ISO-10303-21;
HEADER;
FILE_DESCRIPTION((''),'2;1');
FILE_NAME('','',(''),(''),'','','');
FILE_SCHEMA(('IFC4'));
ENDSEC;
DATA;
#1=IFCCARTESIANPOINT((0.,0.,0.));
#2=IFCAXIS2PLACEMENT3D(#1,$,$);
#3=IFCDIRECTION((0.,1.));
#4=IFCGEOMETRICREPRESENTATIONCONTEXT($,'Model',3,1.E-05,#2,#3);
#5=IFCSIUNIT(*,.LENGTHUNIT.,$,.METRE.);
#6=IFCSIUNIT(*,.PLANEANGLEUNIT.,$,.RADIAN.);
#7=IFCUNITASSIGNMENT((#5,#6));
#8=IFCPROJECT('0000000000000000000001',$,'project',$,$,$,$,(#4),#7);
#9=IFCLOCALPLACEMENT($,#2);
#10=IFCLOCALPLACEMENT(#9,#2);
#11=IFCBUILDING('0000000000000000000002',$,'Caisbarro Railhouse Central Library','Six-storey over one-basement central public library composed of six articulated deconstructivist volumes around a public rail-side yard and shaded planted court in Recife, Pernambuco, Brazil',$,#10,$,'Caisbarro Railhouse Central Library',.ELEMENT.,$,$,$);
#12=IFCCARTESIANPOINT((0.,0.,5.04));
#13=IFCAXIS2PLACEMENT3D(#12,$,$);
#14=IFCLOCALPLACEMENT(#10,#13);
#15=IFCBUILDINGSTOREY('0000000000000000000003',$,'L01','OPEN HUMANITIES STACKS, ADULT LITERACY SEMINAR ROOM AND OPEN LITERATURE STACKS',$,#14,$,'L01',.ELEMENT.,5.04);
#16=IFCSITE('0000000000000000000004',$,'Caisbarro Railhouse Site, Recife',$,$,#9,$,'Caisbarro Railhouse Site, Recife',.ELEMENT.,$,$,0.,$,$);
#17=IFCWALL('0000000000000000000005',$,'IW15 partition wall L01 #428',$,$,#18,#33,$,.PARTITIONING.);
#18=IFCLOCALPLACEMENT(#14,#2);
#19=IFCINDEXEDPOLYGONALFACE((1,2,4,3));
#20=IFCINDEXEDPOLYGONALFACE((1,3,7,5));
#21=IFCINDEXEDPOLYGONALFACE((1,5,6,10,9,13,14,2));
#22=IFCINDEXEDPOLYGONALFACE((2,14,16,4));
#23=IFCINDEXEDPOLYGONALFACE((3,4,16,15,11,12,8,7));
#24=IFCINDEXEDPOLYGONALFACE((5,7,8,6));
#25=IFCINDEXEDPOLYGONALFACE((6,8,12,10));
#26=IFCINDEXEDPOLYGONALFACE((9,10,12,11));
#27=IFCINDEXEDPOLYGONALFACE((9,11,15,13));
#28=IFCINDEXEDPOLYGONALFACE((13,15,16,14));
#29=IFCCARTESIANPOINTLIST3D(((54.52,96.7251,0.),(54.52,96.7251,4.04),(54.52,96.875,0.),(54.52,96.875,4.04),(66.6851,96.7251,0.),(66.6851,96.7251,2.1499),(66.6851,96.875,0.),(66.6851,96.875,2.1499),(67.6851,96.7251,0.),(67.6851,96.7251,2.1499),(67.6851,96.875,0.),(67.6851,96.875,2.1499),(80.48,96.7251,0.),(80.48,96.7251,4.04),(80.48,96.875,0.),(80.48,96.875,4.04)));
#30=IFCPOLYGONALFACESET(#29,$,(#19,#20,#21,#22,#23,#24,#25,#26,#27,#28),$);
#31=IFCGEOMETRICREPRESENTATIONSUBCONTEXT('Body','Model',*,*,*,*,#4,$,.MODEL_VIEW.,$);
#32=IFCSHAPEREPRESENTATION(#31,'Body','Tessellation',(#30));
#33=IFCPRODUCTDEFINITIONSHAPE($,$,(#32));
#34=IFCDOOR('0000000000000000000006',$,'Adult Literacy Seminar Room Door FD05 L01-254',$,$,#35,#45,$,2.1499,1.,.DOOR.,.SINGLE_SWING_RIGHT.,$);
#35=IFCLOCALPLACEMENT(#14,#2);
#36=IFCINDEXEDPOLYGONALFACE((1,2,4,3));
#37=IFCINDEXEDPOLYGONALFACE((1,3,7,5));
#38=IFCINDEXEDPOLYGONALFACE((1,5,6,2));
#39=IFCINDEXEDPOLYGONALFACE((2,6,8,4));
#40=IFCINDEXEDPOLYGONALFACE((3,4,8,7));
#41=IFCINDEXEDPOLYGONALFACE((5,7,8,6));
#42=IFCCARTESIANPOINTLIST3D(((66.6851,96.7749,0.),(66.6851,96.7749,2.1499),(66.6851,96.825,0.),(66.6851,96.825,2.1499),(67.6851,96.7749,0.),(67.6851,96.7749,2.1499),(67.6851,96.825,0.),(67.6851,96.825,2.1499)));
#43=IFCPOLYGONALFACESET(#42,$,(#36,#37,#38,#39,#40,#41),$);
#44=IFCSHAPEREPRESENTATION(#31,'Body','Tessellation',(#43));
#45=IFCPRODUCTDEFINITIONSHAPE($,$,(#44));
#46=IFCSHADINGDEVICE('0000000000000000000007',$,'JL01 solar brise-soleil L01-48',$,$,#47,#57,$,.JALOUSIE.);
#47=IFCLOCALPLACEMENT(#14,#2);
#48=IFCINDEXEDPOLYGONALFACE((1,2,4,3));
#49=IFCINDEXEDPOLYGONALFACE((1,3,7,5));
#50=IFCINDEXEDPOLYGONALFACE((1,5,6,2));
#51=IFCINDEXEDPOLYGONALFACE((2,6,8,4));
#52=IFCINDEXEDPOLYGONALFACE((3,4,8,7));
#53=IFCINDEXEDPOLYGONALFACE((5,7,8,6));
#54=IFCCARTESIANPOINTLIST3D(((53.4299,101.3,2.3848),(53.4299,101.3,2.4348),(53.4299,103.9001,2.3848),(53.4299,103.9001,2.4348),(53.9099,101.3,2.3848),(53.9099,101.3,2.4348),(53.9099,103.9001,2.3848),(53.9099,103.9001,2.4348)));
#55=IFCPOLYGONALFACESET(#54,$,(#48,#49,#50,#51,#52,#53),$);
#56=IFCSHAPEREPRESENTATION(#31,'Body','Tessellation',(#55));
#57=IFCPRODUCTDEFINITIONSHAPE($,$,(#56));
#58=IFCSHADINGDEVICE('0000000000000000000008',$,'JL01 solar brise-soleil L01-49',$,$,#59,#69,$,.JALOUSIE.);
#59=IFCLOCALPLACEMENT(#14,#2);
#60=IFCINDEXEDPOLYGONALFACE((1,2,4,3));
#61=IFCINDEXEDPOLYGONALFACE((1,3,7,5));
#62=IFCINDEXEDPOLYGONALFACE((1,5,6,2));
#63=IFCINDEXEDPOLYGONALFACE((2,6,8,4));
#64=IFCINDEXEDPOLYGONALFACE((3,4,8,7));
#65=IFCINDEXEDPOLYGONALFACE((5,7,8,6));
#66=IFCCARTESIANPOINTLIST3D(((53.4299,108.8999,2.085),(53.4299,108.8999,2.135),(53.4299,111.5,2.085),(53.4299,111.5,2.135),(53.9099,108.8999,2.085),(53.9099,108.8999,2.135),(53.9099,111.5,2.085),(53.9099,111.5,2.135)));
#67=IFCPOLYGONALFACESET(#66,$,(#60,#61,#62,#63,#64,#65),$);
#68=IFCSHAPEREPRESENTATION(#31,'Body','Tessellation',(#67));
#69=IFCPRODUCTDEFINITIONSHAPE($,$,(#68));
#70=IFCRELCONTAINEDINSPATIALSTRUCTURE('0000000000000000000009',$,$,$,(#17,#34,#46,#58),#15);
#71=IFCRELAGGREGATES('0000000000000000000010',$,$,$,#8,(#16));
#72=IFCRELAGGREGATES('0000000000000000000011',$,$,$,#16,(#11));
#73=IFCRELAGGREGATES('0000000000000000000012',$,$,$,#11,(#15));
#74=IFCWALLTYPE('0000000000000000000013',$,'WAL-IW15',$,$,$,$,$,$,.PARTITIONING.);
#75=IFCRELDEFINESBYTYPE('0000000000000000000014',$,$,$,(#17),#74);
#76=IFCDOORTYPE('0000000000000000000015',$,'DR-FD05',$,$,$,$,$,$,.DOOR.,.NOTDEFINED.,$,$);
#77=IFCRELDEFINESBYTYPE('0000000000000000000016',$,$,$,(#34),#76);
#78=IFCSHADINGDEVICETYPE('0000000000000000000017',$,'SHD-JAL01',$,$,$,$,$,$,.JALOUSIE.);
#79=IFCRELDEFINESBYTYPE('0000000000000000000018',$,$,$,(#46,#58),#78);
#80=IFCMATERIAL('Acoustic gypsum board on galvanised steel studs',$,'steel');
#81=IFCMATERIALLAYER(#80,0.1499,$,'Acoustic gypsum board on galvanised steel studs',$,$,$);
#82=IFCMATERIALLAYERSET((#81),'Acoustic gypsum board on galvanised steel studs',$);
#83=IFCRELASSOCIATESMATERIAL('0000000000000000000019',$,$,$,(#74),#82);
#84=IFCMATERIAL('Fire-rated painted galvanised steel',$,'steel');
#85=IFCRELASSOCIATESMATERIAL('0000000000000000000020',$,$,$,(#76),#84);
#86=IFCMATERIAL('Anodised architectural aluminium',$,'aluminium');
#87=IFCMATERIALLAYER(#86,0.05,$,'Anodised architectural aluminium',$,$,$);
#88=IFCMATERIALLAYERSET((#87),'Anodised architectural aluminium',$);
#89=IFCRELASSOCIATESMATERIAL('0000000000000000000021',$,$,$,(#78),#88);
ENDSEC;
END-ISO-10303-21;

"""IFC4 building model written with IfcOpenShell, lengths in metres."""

from ifc_helpers import new_model, si_unit, direction, frame, frame_2d, origin, origin_2d, place, context, subcontext, project, spatial, rectangle, extrude, material, layer, layer_set, type_object, element, fill, save


model = new_model("IFC4")

# Units and contexts
model_context = context("Model", 3, precision=1e-05, world=origin(), true_north=direction((0.0, 1.0)))
body_context = subcontext(model_context, "Body", "Model", "MODEL_VIEW")
ifc_project = project(units=[si_unit("LENGTHUNIT", "METRE"), si_unit("PLANEANGLEUNIT", "RADIAN")], contexts=[model_context])

# Site, building, storey
site_placement = place(None, origin())
site = spatial("IfcSite", under=ifc_project, at=site_placement, Name="Caisbarro Railhouse Site, Recife", LongName="Caisbarro Railhouse Site, Recife", CompositionType="ELEMENT", RefElevation=0.0)
building_placement = place(site_placement, origin())
building = spatial("IfcBuilding", under=site, at=building_placement, Name="Caisbarro Railhouse Central Library", Description="Six-storey over one-basement central public library composed of six articulated deconstructivist volumes around a public rail-side yard and shaded planted court in Recife, Pernambuco, Brazil", LongName="Caisbarro Railhouse Central Library", CompositionType="ELEMENT")
storey_placement = place(building_placement, frame((0.0, 0.0, 5.04)))
storey = spatial("IfcBuildingStorey", under=building, at=storey_placement, Name="L01", Description="OPEN HUMANITIES STACKS, ADULT LITERACY SEMINAR ROOM AND OPEN LITERATURE STACKS", LongName="L01", CompositionType="ELEMENT", Elevation=5.04)

# Shared definitions
ifc_material_1 = material(Name="Anodised architectural aluminium", Category="aluminium")

# Shared definitions
ifc_material_2 = material(Name="Acoustic gypsum board on galvanised steel studs", Category="steel")

# Wall, opening, door
ifc_layer_1 = layer(ifc_material_2, 0.1499, Name="Acoustic gypsum board on galvanised steel studs")
ifc_layer_set_1 = layer_set([ifc_layer_1], Name="Acoustic gypsum board on galvanised steel studs")
wall_type_1 = type_object("IfcWallType", Name="WAL-IW15", PredefinedType="PARTITIONING", material=ifc_layer_set_1)
wall_1_placement = place(storey_placement, frame((54.52, 96.8, 0.0), z_axis=(0.0, 0.0, 1.0), x_axis=(1.0, 0.0, 0.0)))
wall_1 = element("IfcWall", 1, at=wall_1_placement, inside=storey, type_object=wall_type_1, Name="IW15 partition wall L01 #428", PredefinedType="PARTITIONING", context=body_context, shape_type="SweptSolid", body=[
    extrude(rectangle(XDim=25.96, YDim=0.1499, at=frame_2d((12.98, 0.0))), origin(), (0.0, 0.0, 1.0), 4.04),
])
opening_1_placement = place(wall_1_placement, frame((12.165, 0.0, 0.0)))
opening_1 = element("IfcOpeningElement", 2, at=opening_1_placement, cuts=wall_1, PredefinedType="OPENING", context=body_context, shape_type="SweptSolid", body=[
    extrude(rectangle(XDim=1.0, YDim=2.1499, at=frame_2d((0.5, 1.075))), frame((0.0, 0.085, 0.0), z_axis=(0.0, -1.0, 0.0), x_axis=(1.0, 0.0, 0.0)), (0.0, 0.0, 1.0), 0.1699),
])
ifc_material_3 = material(Name="Fire-rated painted galvanised steel", Category="steel")
door_type = type_object("IfcDoorType", Name="DR-FD05", OperationType="NOTDEFINED", PredefinedType="DOOR", material=ifc_material_3)
door_placement = place(opening_1_placement, origin())
door = element("IfcDoor", 3, at=door_placement, inside=storey, type_object=door_type, Name="Adult Literacy Seminar Room Door FD05 L01-254", OperationType="SINGLE_SWING_RIGHT", OverallHeight=2.1499, OverallWidth=1.0, PredefinedType="DOOR", context=body_context, shape_type="SweptSolid", body=[
    extrude(rectangle(XDim=1.0, YDim=2.1499, at=frame_2d((0.5, 1.075))), frame((0.0, 0.0249, 0.0), z_axis=(0.0, -1.0, 0.0), x_axis=(1.0, 0.0, 0.0)), (0.0, 0.0, 1.0), 0.05),
])
fill(opening_1, door)

# Shading devices
ifc_layer_2 = layer(ifc_material_1, 0.05, Name="Anodised architectural aluminium")
ifc_layer_set_2 = layer_set([ifc_layer_2], Name="Anodised architectural aluminium")
shading_device_type = type_object("IfcShadingDeviceType", Name="SHD-JAL01", PredefinedType="JALOUSIE", material=ifc_layer_set_2)
for number, where, z_axis, x_axis, name in (
    (4, (53.6699, 102.6001, 2.3848), (0.0, 0.0, 1.0), (0.0, 1.0, 0.0), "JL01 solar brise-soleil L01-48"),
    (5, (53.6699, 110.2, 2.085), (0.0, 0.0, 1.0), (0.0, 1.0, 0.0), "JL01 solar brise-soleil L01-49"),
):
    element("IfcShadingDevice", number, at=place(storey_placement, frame(where, z_axis=z_axis, x_axis=x_axis)), inside=storey, type_object=shading_device_type, Name=name, PredefinedType="JALOUSIE", context=body_context, shape_type="SweptSolid", body=[
        extrude(rectangle(XDim=2.6001, YDim=0.48, at=origin_2d()), origin(), (0.0, 0.0, 1.0), 0.05),
    ])

save(model, "model.ifc")
